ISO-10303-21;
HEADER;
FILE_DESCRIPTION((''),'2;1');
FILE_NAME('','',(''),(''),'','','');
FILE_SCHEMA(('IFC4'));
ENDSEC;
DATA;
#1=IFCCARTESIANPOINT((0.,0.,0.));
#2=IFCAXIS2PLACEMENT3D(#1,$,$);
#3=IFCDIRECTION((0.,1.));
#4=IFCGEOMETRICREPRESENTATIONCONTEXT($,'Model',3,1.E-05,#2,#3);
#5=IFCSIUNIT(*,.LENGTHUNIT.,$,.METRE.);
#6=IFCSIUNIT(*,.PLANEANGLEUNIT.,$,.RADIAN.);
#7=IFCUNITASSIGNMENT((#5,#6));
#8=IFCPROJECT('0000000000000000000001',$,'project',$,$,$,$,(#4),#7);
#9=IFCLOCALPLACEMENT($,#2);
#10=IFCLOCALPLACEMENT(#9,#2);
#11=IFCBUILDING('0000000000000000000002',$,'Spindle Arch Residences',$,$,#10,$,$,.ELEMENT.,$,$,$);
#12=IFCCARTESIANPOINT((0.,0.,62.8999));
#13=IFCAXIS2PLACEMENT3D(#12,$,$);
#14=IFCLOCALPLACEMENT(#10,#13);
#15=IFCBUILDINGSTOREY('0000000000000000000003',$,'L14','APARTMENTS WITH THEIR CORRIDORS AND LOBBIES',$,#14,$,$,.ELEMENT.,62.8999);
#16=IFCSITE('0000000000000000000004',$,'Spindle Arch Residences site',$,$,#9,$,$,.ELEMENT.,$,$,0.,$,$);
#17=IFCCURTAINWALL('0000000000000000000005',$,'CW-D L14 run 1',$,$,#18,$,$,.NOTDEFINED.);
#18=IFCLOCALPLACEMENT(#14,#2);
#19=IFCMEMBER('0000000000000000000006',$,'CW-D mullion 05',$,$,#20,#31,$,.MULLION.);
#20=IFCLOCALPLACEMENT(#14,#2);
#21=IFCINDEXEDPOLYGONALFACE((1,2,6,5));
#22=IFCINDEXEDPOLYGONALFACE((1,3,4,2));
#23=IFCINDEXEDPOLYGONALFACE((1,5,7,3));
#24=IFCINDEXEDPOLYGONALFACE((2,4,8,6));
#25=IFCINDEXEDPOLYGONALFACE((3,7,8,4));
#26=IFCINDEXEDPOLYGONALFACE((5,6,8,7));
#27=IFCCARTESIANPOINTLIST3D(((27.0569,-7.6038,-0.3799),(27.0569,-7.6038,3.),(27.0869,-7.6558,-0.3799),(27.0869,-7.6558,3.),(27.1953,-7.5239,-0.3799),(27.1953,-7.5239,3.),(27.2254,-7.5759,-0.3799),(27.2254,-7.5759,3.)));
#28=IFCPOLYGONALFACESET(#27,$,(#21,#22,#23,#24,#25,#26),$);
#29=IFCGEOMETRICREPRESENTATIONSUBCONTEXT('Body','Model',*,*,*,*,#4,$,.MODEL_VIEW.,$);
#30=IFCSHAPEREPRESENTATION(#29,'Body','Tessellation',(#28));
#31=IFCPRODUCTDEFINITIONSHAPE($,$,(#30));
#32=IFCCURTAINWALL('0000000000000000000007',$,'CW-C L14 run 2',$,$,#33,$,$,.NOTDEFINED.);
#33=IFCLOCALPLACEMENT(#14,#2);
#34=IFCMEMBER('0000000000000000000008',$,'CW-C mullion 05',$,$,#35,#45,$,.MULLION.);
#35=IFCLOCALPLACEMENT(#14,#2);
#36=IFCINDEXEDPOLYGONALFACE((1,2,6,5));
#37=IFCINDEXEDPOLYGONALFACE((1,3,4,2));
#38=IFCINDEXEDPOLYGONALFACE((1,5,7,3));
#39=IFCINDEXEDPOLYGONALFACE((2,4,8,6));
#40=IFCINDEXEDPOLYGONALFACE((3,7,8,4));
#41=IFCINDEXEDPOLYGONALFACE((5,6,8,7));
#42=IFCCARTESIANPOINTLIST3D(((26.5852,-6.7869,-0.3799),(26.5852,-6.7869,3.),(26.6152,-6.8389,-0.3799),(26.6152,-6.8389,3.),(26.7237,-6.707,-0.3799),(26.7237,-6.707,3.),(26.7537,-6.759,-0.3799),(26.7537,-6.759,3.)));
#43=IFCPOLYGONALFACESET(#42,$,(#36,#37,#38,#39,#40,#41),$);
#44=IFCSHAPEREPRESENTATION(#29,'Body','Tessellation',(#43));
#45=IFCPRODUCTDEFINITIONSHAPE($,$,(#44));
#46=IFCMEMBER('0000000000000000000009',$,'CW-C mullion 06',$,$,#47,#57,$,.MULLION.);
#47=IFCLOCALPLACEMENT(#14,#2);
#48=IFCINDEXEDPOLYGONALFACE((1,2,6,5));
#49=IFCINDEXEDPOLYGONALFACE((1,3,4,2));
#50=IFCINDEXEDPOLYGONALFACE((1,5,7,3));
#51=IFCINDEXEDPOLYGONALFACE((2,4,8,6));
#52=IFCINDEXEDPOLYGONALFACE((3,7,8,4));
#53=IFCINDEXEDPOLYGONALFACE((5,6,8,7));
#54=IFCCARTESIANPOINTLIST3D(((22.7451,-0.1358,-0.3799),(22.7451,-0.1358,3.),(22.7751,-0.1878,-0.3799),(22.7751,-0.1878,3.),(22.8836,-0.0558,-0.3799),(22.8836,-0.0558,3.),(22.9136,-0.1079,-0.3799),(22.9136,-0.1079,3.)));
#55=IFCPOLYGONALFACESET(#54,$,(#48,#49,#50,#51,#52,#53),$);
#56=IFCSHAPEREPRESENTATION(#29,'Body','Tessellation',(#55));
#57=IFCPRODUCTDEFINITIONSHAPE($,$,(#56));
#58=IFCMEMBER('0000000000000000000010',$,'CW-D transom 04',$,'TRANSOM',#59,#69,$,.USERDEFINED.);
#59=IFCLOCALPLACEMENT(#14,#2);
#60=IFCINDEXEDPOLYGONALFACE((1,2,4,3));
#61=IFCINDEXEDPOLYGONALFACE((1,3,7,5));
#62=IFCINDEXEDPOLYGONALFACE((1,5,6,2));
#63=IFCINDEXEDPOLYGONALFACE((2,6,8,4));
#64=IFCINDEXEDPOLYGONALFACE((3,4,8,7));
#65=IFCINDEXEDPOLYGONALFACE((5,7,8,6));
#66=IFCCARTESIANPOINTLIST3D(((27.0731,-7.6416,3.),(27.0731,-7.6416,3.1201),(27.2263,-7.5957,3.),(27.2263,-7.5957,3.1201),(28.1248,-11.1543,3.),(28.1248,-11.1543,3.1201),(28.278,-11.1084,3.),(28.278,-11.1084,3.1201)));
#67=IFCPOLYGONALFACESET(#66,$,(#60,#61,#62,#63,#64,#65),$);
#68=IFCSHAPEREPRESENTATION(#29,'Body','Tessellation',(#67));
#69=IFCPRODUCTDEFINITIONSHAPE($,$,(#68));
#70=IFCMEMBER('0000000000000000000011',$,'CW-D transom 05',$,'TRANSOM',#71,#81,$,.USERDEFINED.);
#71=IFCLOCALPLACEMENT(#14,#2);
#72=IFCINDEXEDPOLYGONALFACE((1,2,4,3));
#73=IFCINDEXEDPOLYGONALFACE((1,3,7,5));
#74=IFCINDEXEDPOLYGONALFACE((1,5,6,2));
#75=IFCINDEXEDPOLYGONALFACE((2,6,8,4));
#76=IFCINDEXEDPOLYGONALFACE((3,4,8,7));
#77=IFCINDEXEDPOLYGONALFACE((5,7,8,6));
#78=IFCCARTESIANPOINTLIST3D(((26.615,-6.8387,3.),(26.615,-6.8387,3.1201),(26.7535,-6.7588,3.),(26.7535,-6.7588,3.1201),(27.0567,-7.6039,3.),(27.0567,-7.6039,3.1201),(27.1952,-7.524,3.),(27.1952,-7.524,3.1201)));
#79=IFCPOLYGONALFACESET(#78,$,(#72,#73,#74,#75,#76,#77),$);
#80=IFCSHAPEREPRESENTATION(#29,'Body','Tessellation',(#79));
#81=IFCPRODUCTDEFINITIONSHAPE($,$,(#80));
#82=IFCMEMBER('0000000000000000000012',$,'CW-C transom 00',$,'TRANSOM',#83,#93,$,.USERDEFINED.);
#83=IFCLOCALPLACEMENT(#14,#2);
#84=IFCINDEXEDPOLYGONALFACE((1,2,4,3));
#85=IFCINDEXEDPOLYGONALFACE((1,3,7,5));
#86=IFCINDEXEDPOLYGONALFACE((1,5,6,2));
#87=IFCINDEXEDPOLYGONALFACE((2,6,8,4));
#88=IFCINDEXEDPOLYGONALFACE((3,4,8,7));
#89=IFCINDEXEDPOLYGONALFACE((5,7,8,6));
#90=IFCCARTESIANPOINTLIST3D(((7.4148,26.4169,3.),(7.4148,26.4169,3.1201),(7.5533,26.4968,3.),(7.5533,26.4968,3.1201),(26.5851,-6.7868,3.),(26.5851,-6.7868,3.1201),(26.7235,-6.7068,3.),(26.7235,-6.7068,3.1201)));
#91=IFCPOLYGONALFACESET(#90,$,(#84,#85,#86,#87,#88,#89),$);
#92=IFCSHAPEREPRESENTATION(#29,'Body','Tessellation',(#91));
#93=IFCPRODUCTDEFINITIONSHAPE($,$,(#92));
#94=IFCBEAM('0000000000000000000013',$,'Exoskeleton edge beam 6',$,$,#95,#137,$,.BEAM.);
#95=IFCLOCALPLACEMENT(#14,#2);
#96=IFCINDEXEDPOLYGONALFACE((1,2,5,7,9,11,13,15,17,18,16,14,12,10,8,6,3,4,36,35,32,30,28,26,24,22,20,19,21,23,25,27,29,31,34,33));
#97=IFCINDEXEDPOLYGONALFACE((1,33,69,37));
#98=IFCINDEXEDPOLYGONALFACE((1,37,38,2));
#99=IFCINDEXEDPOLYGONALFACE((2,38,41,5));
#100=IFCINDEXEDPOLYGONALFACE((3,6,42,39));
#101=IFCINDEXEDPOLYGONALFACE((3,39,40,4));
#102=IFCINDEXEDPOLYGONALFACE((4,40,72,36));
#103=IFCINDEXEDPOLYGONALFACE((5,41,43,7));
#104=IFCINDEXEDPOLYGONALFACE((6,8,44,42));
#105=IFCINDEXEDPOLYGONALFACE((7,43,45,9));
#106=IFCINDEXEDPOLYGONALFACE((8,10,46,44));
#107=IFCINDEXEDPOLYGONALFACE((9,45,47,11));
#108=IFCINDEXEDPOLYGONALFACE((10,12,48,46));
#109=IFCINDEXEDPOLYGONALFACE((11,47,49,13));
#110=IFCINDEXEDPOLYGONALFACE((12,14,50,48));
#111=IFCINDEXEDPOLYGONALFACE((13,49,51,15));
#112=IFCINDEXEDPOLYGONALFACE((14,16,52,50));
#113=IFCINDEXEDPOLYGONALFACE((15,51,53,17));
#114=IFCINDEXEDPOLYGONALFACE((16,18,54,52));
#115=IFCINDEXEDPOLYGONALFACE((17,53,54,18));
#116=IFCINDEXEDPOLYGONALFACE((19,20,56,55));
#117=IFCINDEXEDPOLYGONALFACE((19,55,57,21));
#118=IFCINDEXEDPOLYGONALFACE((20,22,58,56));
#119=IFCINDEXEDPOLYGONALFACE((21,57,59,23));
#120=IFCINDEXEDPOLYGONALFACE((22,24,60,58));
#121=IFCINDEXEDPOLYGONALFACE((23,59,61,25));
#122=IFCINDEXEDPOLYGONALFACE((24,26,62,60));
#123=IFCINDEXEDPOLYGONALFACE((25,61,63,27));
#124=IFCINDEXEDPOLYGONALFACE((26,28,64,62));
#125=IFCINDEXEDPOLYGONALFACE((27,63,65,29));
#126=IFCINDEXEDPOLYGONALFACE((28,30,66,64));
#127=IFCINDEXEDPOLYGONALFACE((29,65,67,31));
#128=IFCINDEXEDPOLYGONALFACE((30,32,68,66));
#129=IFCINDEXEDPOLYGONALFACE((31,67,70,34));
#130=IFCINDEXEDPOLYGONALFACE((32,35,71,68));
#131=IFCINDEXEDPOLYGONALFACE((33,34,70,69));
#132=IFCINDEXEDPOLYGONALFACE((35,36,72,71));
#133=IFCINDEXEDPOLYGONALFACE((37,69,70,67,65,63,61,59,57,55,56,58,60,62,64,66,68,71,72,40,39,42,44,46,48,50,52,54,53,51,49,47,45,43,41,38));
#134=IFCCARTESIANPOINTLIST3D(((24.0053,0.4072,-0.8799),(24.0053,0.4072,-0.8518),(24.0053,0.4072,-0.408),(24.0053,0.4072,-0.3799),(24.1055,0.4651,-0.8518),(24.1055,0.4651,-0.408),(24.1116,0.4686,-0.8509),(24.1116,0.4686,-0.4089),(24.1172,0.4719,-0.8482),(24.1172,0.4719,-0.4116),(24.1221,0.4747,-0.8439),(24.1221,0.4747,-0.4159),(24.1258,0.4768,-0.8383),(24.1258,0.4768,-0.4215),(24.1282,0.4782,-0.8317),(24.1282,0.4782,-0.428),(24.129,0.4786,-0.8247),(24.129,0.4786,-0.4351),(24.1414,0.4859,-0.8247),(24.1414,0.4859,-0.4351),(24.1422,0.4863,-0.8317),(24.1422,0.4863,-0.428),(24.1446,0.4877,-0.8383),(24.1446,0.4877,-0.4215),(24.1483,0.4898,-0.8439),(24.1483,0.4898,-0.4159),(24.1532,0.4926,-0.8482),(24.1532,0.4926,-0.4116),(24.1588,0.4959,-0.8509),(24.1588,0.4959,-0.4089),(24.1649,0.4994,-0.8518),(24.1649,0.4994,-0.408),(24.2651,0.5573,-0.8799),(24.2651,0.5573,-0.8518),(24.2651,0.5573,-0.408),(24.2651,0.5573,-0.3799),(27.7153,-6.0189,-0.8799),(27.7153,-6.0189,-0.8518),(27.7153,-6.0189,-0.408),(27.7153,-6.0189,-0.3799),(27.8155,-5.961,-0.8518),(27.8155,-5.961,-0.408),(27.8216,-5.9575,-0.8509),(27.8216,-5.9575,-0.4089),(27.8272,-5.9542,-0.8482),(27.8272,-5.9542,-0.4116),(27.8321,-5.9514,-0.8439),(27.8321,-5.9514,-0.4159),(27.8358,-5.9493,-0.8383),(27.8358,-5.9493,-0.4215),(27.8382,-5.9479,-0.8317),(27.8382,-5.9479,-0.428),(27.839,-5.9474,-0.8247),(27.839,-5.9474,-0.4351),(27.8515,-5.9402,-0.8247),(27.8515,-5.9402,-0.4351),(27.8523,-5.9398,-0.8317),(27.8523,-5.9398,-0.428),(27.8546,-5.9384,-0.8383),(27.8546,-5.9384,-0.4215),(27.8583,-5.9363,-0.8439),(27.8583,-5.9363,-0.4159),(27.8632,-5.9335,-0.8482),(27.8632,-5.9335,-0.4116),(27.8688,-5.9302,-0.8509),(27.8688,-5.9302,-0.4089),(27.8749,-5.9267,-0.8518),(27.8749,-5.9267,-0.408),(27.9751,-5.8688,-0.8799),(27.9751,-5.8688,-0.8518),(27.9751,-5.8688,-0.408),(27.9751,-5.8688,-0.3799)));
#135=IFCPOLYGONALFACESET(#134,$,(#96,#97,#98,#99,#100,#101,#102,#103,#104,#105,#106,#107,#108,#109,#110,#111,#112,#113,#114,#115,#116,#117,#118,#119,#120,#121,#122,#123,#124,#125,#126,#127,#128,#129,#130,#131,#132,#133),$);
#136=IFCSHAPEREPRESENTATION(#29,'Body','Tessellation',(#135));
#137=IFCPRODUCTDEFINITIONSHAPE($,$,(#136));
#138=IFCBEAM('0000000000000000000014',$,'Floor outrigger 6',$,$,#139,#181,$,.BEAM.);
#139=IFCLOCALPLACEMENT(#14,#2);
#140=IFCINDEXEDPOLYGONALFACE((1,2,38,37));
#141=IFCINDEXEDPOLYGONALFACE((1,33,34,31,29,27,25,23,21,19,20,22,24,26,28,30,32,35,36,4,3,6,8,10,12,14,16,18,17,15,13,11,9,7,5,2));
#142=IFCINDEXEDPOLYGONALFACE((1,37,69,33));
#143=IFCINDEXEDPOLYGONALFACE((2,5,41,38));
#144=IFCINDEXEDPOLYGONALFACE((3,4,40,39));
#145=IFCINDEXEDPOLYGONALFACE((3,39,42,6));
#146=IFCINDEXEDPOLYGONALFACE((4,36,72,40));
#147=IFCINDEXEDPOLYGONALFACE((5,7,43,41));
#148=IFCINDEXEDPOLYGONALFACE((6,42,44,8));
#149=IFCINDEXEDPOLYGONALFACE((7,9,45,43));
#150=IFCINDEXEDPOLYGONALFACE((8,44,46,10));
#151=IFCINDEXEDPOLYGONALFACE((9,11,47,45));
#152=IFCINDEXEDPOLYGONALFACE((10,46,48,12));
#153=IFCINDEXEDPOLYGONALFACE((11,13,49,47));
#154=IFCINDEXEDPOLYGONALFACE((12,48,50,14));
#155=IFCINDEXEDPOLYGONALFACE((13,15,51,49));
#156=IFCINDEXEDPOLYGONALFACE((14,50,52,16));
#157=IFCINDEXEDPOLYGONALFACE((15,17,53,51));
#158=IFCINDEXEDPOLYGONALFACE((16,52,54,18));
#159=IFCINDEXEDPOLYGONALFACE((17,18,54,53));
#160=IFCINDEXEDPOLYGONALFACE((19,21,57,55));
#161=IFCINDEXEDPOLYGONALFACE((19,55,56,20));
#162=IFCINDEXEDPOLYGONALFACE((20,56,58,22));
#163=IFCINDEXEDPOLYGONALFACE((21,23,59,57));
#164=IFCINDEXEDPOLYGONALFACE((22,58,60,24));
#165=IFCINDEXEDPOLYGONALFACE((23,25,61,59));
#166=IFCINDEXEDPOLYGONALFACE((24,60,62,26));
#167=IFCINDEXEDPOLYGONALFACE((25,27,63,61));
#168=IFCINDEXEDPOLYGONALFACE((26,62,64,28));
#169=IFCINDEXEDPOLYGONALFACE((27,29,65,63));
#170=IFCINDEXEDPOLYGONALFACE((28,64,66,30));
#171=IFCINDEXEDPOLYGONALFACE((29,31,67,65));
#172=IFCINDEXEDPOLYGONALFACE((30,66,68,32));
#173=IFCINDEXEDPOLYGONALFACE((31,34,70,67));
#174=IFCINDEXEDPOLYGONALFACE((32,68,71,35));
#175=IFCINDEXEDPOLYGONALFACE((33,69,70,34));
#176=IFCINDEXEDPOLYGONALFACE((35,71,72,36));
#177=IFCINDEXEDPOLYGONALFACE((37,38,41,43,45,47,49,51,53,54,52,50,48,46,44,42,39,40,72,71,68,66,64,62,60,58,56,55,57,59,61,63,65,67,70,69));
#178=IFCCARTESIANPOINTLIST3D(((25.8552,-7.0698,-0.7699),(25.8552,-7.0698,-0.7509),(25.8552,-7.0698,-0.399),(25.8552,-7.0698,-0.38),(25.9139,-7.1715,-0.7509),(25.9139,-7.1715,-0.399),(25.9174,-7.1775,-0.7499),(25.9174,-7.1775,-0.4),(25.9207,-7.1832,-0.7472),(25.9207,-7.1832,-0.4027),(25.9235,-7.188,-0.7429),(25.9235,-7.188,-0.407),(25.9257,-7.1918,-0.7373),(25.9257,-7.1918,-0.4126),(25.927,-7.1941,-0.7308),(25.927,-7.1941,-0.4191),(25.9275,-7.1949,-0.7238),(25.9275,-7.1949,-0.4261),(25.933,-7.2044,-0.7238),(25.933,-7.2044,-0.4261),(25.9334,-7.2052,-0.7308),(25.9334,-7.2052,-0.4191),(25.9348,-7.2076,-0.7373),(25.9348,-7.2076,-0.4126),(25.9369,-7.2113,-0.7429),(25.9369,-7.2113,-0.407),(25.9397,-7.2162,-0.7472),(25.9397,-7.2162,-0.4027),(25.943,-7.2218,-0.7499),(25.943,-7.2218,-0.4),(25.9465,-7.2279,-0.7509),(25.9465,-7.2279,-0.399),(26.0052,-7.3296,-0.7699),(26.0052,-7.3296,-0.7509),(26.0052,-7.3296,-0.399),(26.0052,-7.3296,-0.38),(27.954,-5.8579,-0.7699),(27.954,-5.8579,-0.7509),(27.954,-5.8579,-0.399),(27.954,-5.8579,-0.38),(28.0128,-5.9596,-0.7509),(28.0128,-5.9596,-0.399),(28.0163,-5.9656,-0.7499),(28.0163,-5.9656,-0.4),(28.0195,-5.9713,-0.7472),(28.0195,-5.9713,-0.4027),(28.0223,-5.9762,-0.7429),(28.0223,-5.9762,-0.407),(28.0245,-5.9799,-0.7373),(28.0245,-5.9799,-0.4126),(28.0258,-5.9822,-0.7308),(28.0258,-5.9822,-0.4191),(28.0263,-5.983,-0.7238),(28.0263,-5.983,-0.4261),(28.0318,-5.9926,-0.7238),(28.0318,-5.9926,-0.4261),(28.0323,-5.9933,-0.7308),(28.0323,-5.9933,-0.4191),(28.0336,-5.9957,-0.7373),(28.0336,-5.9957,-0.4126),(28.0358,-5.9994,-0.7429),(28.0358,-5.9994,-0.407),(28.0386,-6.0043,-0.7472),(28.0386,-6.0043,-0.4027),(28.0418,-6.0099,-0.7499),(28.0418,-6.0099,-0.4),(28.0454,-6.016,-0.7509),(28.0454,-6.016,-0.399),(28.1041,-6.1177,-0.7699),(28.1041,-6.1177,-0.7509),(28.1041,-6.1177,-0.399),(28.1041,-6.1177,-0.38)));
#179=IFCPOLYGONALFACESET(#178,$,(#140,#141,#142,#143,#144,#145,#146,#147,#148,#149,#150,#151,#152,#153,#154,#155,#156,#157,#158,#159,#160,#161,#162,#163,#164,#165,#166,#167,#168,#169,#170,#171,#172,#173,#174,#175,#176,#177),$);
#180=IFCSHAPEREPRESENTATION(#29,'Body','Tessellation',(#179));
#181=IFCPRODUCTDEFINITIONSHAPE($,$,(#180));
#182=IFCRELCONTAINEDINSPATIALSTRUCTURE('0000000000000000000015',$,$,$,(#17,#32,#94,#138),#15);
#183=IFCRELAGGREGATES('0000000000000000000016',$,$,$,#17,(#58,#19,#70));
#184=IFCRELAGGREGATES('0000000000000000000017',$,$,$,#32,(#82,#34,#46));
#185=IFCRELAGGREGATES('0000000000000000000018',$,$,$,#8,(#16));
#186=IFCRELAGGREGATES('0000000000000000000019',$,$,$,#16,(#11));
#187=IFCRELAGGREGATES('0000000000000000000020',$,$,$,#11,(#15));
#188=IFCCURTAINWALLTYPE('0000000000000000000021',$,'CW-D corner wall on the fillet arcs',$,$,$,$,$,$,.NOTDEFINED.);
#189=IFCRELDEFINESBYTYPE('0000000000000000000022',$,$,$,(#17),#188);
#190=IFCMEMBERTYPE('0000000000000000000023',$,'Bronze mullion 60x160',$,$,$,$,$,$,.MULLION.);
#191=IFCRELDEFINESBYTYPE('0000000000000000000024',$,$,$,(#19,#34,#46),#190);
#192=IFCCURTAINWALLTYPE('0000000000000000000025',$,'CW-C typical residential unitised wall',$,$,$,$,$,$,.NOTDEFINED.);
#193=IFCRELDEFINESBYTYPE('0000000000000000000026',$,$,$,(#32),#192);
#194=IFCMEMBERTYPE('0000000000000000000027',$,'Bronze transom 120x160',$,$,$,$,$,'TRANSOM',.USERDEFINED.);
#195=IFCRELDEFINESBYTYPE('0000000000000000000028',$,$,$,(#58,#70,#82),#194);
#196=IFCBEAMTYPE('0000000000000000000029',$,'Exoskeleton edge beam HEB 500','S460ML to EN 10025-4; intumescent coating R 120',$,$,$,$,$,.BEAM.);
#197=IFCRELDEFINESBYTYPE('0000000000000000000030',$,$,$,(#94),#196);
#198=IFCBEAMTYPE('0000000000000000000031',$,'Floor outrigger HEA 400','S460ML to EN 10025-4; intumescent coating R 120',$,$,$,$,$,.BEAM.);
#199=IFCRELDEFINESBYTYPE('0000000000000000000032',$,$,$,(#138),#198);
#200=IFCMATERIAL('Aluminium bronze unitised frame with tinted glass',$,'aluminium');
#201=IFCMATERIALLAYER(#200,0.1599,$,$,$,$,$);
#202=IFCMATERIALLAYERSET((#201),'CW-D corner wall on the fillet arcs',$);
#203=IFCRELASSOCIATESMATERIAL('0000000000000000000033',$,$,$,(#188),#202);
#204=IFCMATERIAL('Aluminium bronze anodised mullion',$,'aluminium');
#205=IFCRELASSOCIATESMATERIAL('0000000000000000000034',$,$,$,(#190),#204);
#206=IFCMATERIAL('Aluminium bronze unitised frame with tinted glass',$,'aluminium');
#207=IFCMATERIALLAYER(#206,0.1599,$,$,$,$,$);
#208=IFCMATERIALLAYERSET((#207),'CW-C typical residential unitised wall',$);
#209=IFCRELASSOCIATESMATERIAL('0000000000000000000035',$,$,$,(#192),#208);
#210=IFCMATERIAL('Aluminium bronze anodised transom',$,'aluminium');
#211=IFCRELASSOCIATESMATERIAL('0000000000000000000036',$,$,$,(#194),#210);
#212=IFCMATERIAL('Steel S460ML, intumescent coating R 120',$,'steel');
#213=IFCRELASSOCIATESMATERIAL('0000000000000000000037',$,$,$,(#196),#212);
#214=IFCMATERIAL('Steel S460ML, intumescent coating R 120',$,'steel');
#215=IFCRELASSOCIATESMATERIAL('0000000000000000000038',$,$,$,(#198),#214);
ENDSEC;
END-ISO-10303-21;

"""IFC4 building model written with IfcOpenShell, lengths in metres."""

from ifc_helpers import new_model, si_unit, direction, frame, origin, origin_2d, place, context, subcontext, project, spatial, rectangle, i_section, extrude, material, layer, layer_set, material_profile, profile_set, type_object, element, aggregate, save


model = new_model("IFC4")

# Units and contexts
model_context = context("Model", 3, precision=1e-05, world=origin(), true_north=direction((0.0, 1.0)))
body_context = subcontext(model_context, "Body", "Model", "MODEL_VIEW")
ifc_project = project(units=[si_unit("LENGTHUNIT", "METRE"), si_unit("PLANEANGLEUNIT", "RADIAN")], contexts=[model_context])

# Site, building, storey
site_placement = place(None, origin())
site = spatial("IfcSite", under=ifc_project, at=site_placement, Name="Spindle Arch Residences site", CompositionType="ELEMENT", RefElevation=0.0)
building_placement = place(site_placement, origin())
building = spatial("IfcBuilding", under=site, at=building_placement, Name="Spindle Arch Residences", CompositionType="ELEMENT")
storey_placement = place(building_placement, frame((0.0, 0.0, 62.8999)))
storey = spatial("IfcBuildingStorey", under=building, at=storey_placement, Name="L14", Description="APARTMENTS WITH THEIR CORRIDORS AND LOBBIES", CompositionType="ELEMENT", Elevation=62.8999)

# Curtain walls, members
ifc_material_1 = material(Name="Aluminium bronze unitised frame with tinted glass", Category="aluminium")
ifc_layer_1 = layer(ifc_material_1, 0.1599)
ifc_layer_set_1 = layer_set([ifc_layer_1], Name="CW-D corner wall on the fillet arcs")
curtain_wall_type_1 = type_object("IfcCurtainWallType", Name="CW-D corner wall on the fillet arcs", PredefinedType="NOTDEFINED", material=ifc_layer_set_1)
curtain_wall_1_placement = place(storey_placement, origin())
curtain_wall_1 = element("IfcCurtainWall", 1, at=curtain_wall_1_placement, inside=storey, type_object=curtain_wall_type_1, Name="CW-D L14 run 1", PredefinedType="NOTDEFINED")
ifc_material_2 = material(Name="Aluminium bronze anodised mullion", Category="aluminium")
ifc_material_profile_1 = material_profile(ifc_material_2, rectangle(XDim=0.1599, YDim=0.0601, at=origin_2d()), Name="MU 60x160")
ifc_profile_set_1 = profile_set([ifc_material_profile_1], Name="Aluminium bronze anodised mullion")
member_type_1 = type_object("IfcMemberType", Name="Bronze mullion 60x160", PredefinedType="MULLION", material=ifc_profile_set_1)
member_1_placement = place(storey_placement, frame((27.1411, -7.5898, -0.3799), z_axis=(0.0, 0.0, 1.0), x_axis=(-0.866025, -0.5, 0.0)))
member_1 = element("IfcMember", 2, at=member_1_placement, type_object=member_type_1, Name="CW-D mullion 05", PredefinedType="MULLION", context=body_context, shape_type="SweptSolid", body=[
    extrude(rectangle(XDim=0.1599, YDim=0.0601, at=origin_2d()), origin(), (0.0, 0.0, 1.0), 3.3799),
])
ifc_material_3 = material(Name="Aluminium bronze unitised frame with tinted glass", Category="aluminium")
ifc_layer_2 = layer(ifc_material_3, 0.1599)
ifc_layer_set_2 = layer_set([ifc_layer_2], Name="CW-C typical residential unitised wall")
curtain_wall_type_2 = type_object("IfcCurtainWallType", Name="CW-C typical residential unitised wall", PredefinedType="NOTDEFINED", material=ifc_layer_set_2)
curtain_wall_2_placement = place(storey_placement, origin())
curtain_wall_2 = element("IfcCurtainWall", 3, at=curtain_wall_2_placement, inside=storey, type_object=curtain_wall_type_2, Name="CW-C L14 run 2", PredefinedType="NOTDEFINED")
member_2_placement = place(storey_placement, frame((26.6694, -6.7729, -0.3799), z_axis=(0.0, 0.0, 1.0), x_axis=(-0.866025, -0.5, 0.0)))
member_2 = element("IfcMember", 4, at=member_2_placement, type_object=member_type_1, Name="CW-C mullion 05", PredefinedType="MULLION", context=body_context, shape_type="SweptSolid", body=[
    extrude(rectangle(XDim=0.1599, YDim=0.0601, at=origin_2d()), origin(), (0.0, 0.0, 1.0), 3.3799),
])
member_3_placement = place(storey_placement, frame((22.8293, -0.1218, -0.3799), z_axis=(0.0, 0.0, 1.0), x_axis=(-0.866025, -0.5, 0.0)))
member_3 = element("IfcMember", 5, at=member_3_placement, type_object=member_type_1, Name="CW-C mullion 06", PredefinedType="MULLION", context=body_context, shape_type="SweptSolid", body=[
    extrude(rectangle(XDim=0.1599, YDim=0.0601, at=origin_2d()), origin(), (0.0, 0.0, 1.0), 3.3799),
])

# Members
ifc_material_4 = material(Name="Aluminium bronze anodised transom", Category="aluminium")
ifc_material_profile_2 = material_profile(ifc_material_4, rectangle(XDim=0.1599, YDim=0.1201, at=origin_2d()), Name="TR 120x160")
ifc_profile_set_2 = profile_set([ifc_material_profile_2], Name="Aluminium bronze anodised transom")
member_type_2 = type_object("IfcMemberType", Name="Bronze transom 120x160", ElementType="TRANSOM", PredefinedType="USERDEFINED", material=ifc_profile_set_2)
member_4_placement = place(storey_placement, frame((28.2014, -11.1313, 3.0601), z_axis=(-0.286835, 0.95798, 0.0), x_axis=(-0.95798, -0.286835, 0.0)))
member_4 = element("IfcMember", 6, at=member_4_placement, type_object=member_type_2, Name="CW-D transom 04", ObjectType="TRANSOM", PredefinedType="USERDEFINED", context=body_context, shape_type="SweptSolid", body=[
    extrude(rectangle(XDim=0.1599, YDim=0.1201, at=origin_2d()), origin(), (0.0, 0.0, 1.0), 3.6667),
])
member_5_placement = place(storey_placement, frame((27.126, -7.564, 3.0601), z_axis=(-0.499914, 0.866075, 0.0), x_axis=(-0.866075, -0.499914, 0.0)))
member_5 = element("IfcMember", 7, at=member_5_placement, type_object=member_type_2, Name="CW-D transom 05", ObjectType="TRANSOM", PredefinedType="USERDEFINED", context=body_context, shape_type="SweptSolid", body=[
    extrude(rectangle(XDim=0.1599, YDim=0.1201, at=origin_2d()), origin(), (0.0, 0.0, 1.0), 0.8835),
])
member_6_placement = place(storey_placement, frame((26.6543, -6.7468, 3.0601), z_axis=(-0.500001, 0.866025, 0.0), x_axis=(-0.866025, -0.500001, 0.0)))
member_6 = element("IfcMember", 8, at=member_6_placement, type_object=member_type_2, Name="CW-C transom 00", ObjectType="TRANSOM", PredefinedType="USERDEFINED", context=body_context, shape_type="SweptSolid", body=[
    extrude(rectangle(XDim=0.1599, YDim=0.1201, at=origin_2d()), origin(), (0.0, 0.0, 1.0), 38.3403),
])

# Beams
ifc_material_5 = material(Name="Steel S460ML, intumescent coating R 120", Category="steel")
ifc_material_profile_3 = material_profile(ifc_material_5, i_section(OverallWidth=0.3, OverallDepth=0.5, WebThickness=0.0144, FlangeThickness=0.0281, FilletRadius=0.0271, at=origin_2d()), Name="HEB 500")
ifc_profile_set_3 = profile_set([ifc_material_profile_3], Name="Steel S460ML, intumescent coating R 120")
beam_type_1 = type_object("IfcBeamType", Name="Exoskeleton edge beam HEB 500", Description="S460ML to EN 10025-4; intumescent coating R 120", PredefinedType="BEAM", material=ifc_profile_set_3)
beam_1_placement = place(storey_placement, frame((27.8452, -5.9438, -0.6299), z_axis=(-0.499989, 0.866032, 0.0), x_axis=(-0.866032, -0.499989, 0.0)))
element("IfcBeam", 9, at=beam_1_placement, inside=storey, type_object=beam_type_1, Name="Exoskeleton edge beam 6", PredefinedType="BEAM", context=body_context, shape_type="SweptSolid", body=[
    extrude(i_section(OverallWidth=0.3, OverallDepth=0.5, WebThickness=0.0144, FlangeThickness=0.0281, FilletRadius=0.0271, at=origin_2d()), origin(), (0.0, 0.0, 1.0), 7.4202),
])
ifc_material_6 = material(Name="Steel S460ML, intumescent coating R 120", Category="steel")
ifc_material_profile_4 = material_profile(ifc_material_6, i_section(OverallWidth=0.3, OverallDepth=0.3899, WebThickness=0.011, FlangeThickness=0.019, FilletRadius=0.0271, at=origin_2d()), Name="HEA 400")
ifc_profile_set_4 = profile_set([ifc_material_profile_4], Name="Steel S460ML, intumescent coating R 120")
beam_type_2 = type_object("IfcBeamType", Name="Floor outrigger HEA 400", Description="S460ML to EN 10025-4; intumescent coating R 120", PredefinedType="BEAM", material=ifc_profile_set_4)
beam_2_placement = place(storey_placement, frame((28.0291, -5.9878, -0.575), z_axis=(-0.866003, -0.500039, 0.0), x_axis=(0.500039, -0.866003, 0.0)))
element("IfcBeam", 10, at=beam_2_placement, inside=storey, type_object=beam_type_2, Name="Floor outrigger 6", PredefinedType="BEAM", context=body_context, shape_type="SweptSolid", body=[
    extrude(i_section(OverallWidth=0.3, OverallDepth=0.3899, WebThickness=0.011, FlangeThickness=0.019, FilletRadius=0.0271, at=origin_2d()), origin(), (0.0, 0.0, 1.0), 2.4236),
])

aggregate(curtain_wall_1, [member_4, member_1, member_5])
aggregate(curtain_wall_2, [member_6, member_2, member_3])

save(model, "model.ifc")
